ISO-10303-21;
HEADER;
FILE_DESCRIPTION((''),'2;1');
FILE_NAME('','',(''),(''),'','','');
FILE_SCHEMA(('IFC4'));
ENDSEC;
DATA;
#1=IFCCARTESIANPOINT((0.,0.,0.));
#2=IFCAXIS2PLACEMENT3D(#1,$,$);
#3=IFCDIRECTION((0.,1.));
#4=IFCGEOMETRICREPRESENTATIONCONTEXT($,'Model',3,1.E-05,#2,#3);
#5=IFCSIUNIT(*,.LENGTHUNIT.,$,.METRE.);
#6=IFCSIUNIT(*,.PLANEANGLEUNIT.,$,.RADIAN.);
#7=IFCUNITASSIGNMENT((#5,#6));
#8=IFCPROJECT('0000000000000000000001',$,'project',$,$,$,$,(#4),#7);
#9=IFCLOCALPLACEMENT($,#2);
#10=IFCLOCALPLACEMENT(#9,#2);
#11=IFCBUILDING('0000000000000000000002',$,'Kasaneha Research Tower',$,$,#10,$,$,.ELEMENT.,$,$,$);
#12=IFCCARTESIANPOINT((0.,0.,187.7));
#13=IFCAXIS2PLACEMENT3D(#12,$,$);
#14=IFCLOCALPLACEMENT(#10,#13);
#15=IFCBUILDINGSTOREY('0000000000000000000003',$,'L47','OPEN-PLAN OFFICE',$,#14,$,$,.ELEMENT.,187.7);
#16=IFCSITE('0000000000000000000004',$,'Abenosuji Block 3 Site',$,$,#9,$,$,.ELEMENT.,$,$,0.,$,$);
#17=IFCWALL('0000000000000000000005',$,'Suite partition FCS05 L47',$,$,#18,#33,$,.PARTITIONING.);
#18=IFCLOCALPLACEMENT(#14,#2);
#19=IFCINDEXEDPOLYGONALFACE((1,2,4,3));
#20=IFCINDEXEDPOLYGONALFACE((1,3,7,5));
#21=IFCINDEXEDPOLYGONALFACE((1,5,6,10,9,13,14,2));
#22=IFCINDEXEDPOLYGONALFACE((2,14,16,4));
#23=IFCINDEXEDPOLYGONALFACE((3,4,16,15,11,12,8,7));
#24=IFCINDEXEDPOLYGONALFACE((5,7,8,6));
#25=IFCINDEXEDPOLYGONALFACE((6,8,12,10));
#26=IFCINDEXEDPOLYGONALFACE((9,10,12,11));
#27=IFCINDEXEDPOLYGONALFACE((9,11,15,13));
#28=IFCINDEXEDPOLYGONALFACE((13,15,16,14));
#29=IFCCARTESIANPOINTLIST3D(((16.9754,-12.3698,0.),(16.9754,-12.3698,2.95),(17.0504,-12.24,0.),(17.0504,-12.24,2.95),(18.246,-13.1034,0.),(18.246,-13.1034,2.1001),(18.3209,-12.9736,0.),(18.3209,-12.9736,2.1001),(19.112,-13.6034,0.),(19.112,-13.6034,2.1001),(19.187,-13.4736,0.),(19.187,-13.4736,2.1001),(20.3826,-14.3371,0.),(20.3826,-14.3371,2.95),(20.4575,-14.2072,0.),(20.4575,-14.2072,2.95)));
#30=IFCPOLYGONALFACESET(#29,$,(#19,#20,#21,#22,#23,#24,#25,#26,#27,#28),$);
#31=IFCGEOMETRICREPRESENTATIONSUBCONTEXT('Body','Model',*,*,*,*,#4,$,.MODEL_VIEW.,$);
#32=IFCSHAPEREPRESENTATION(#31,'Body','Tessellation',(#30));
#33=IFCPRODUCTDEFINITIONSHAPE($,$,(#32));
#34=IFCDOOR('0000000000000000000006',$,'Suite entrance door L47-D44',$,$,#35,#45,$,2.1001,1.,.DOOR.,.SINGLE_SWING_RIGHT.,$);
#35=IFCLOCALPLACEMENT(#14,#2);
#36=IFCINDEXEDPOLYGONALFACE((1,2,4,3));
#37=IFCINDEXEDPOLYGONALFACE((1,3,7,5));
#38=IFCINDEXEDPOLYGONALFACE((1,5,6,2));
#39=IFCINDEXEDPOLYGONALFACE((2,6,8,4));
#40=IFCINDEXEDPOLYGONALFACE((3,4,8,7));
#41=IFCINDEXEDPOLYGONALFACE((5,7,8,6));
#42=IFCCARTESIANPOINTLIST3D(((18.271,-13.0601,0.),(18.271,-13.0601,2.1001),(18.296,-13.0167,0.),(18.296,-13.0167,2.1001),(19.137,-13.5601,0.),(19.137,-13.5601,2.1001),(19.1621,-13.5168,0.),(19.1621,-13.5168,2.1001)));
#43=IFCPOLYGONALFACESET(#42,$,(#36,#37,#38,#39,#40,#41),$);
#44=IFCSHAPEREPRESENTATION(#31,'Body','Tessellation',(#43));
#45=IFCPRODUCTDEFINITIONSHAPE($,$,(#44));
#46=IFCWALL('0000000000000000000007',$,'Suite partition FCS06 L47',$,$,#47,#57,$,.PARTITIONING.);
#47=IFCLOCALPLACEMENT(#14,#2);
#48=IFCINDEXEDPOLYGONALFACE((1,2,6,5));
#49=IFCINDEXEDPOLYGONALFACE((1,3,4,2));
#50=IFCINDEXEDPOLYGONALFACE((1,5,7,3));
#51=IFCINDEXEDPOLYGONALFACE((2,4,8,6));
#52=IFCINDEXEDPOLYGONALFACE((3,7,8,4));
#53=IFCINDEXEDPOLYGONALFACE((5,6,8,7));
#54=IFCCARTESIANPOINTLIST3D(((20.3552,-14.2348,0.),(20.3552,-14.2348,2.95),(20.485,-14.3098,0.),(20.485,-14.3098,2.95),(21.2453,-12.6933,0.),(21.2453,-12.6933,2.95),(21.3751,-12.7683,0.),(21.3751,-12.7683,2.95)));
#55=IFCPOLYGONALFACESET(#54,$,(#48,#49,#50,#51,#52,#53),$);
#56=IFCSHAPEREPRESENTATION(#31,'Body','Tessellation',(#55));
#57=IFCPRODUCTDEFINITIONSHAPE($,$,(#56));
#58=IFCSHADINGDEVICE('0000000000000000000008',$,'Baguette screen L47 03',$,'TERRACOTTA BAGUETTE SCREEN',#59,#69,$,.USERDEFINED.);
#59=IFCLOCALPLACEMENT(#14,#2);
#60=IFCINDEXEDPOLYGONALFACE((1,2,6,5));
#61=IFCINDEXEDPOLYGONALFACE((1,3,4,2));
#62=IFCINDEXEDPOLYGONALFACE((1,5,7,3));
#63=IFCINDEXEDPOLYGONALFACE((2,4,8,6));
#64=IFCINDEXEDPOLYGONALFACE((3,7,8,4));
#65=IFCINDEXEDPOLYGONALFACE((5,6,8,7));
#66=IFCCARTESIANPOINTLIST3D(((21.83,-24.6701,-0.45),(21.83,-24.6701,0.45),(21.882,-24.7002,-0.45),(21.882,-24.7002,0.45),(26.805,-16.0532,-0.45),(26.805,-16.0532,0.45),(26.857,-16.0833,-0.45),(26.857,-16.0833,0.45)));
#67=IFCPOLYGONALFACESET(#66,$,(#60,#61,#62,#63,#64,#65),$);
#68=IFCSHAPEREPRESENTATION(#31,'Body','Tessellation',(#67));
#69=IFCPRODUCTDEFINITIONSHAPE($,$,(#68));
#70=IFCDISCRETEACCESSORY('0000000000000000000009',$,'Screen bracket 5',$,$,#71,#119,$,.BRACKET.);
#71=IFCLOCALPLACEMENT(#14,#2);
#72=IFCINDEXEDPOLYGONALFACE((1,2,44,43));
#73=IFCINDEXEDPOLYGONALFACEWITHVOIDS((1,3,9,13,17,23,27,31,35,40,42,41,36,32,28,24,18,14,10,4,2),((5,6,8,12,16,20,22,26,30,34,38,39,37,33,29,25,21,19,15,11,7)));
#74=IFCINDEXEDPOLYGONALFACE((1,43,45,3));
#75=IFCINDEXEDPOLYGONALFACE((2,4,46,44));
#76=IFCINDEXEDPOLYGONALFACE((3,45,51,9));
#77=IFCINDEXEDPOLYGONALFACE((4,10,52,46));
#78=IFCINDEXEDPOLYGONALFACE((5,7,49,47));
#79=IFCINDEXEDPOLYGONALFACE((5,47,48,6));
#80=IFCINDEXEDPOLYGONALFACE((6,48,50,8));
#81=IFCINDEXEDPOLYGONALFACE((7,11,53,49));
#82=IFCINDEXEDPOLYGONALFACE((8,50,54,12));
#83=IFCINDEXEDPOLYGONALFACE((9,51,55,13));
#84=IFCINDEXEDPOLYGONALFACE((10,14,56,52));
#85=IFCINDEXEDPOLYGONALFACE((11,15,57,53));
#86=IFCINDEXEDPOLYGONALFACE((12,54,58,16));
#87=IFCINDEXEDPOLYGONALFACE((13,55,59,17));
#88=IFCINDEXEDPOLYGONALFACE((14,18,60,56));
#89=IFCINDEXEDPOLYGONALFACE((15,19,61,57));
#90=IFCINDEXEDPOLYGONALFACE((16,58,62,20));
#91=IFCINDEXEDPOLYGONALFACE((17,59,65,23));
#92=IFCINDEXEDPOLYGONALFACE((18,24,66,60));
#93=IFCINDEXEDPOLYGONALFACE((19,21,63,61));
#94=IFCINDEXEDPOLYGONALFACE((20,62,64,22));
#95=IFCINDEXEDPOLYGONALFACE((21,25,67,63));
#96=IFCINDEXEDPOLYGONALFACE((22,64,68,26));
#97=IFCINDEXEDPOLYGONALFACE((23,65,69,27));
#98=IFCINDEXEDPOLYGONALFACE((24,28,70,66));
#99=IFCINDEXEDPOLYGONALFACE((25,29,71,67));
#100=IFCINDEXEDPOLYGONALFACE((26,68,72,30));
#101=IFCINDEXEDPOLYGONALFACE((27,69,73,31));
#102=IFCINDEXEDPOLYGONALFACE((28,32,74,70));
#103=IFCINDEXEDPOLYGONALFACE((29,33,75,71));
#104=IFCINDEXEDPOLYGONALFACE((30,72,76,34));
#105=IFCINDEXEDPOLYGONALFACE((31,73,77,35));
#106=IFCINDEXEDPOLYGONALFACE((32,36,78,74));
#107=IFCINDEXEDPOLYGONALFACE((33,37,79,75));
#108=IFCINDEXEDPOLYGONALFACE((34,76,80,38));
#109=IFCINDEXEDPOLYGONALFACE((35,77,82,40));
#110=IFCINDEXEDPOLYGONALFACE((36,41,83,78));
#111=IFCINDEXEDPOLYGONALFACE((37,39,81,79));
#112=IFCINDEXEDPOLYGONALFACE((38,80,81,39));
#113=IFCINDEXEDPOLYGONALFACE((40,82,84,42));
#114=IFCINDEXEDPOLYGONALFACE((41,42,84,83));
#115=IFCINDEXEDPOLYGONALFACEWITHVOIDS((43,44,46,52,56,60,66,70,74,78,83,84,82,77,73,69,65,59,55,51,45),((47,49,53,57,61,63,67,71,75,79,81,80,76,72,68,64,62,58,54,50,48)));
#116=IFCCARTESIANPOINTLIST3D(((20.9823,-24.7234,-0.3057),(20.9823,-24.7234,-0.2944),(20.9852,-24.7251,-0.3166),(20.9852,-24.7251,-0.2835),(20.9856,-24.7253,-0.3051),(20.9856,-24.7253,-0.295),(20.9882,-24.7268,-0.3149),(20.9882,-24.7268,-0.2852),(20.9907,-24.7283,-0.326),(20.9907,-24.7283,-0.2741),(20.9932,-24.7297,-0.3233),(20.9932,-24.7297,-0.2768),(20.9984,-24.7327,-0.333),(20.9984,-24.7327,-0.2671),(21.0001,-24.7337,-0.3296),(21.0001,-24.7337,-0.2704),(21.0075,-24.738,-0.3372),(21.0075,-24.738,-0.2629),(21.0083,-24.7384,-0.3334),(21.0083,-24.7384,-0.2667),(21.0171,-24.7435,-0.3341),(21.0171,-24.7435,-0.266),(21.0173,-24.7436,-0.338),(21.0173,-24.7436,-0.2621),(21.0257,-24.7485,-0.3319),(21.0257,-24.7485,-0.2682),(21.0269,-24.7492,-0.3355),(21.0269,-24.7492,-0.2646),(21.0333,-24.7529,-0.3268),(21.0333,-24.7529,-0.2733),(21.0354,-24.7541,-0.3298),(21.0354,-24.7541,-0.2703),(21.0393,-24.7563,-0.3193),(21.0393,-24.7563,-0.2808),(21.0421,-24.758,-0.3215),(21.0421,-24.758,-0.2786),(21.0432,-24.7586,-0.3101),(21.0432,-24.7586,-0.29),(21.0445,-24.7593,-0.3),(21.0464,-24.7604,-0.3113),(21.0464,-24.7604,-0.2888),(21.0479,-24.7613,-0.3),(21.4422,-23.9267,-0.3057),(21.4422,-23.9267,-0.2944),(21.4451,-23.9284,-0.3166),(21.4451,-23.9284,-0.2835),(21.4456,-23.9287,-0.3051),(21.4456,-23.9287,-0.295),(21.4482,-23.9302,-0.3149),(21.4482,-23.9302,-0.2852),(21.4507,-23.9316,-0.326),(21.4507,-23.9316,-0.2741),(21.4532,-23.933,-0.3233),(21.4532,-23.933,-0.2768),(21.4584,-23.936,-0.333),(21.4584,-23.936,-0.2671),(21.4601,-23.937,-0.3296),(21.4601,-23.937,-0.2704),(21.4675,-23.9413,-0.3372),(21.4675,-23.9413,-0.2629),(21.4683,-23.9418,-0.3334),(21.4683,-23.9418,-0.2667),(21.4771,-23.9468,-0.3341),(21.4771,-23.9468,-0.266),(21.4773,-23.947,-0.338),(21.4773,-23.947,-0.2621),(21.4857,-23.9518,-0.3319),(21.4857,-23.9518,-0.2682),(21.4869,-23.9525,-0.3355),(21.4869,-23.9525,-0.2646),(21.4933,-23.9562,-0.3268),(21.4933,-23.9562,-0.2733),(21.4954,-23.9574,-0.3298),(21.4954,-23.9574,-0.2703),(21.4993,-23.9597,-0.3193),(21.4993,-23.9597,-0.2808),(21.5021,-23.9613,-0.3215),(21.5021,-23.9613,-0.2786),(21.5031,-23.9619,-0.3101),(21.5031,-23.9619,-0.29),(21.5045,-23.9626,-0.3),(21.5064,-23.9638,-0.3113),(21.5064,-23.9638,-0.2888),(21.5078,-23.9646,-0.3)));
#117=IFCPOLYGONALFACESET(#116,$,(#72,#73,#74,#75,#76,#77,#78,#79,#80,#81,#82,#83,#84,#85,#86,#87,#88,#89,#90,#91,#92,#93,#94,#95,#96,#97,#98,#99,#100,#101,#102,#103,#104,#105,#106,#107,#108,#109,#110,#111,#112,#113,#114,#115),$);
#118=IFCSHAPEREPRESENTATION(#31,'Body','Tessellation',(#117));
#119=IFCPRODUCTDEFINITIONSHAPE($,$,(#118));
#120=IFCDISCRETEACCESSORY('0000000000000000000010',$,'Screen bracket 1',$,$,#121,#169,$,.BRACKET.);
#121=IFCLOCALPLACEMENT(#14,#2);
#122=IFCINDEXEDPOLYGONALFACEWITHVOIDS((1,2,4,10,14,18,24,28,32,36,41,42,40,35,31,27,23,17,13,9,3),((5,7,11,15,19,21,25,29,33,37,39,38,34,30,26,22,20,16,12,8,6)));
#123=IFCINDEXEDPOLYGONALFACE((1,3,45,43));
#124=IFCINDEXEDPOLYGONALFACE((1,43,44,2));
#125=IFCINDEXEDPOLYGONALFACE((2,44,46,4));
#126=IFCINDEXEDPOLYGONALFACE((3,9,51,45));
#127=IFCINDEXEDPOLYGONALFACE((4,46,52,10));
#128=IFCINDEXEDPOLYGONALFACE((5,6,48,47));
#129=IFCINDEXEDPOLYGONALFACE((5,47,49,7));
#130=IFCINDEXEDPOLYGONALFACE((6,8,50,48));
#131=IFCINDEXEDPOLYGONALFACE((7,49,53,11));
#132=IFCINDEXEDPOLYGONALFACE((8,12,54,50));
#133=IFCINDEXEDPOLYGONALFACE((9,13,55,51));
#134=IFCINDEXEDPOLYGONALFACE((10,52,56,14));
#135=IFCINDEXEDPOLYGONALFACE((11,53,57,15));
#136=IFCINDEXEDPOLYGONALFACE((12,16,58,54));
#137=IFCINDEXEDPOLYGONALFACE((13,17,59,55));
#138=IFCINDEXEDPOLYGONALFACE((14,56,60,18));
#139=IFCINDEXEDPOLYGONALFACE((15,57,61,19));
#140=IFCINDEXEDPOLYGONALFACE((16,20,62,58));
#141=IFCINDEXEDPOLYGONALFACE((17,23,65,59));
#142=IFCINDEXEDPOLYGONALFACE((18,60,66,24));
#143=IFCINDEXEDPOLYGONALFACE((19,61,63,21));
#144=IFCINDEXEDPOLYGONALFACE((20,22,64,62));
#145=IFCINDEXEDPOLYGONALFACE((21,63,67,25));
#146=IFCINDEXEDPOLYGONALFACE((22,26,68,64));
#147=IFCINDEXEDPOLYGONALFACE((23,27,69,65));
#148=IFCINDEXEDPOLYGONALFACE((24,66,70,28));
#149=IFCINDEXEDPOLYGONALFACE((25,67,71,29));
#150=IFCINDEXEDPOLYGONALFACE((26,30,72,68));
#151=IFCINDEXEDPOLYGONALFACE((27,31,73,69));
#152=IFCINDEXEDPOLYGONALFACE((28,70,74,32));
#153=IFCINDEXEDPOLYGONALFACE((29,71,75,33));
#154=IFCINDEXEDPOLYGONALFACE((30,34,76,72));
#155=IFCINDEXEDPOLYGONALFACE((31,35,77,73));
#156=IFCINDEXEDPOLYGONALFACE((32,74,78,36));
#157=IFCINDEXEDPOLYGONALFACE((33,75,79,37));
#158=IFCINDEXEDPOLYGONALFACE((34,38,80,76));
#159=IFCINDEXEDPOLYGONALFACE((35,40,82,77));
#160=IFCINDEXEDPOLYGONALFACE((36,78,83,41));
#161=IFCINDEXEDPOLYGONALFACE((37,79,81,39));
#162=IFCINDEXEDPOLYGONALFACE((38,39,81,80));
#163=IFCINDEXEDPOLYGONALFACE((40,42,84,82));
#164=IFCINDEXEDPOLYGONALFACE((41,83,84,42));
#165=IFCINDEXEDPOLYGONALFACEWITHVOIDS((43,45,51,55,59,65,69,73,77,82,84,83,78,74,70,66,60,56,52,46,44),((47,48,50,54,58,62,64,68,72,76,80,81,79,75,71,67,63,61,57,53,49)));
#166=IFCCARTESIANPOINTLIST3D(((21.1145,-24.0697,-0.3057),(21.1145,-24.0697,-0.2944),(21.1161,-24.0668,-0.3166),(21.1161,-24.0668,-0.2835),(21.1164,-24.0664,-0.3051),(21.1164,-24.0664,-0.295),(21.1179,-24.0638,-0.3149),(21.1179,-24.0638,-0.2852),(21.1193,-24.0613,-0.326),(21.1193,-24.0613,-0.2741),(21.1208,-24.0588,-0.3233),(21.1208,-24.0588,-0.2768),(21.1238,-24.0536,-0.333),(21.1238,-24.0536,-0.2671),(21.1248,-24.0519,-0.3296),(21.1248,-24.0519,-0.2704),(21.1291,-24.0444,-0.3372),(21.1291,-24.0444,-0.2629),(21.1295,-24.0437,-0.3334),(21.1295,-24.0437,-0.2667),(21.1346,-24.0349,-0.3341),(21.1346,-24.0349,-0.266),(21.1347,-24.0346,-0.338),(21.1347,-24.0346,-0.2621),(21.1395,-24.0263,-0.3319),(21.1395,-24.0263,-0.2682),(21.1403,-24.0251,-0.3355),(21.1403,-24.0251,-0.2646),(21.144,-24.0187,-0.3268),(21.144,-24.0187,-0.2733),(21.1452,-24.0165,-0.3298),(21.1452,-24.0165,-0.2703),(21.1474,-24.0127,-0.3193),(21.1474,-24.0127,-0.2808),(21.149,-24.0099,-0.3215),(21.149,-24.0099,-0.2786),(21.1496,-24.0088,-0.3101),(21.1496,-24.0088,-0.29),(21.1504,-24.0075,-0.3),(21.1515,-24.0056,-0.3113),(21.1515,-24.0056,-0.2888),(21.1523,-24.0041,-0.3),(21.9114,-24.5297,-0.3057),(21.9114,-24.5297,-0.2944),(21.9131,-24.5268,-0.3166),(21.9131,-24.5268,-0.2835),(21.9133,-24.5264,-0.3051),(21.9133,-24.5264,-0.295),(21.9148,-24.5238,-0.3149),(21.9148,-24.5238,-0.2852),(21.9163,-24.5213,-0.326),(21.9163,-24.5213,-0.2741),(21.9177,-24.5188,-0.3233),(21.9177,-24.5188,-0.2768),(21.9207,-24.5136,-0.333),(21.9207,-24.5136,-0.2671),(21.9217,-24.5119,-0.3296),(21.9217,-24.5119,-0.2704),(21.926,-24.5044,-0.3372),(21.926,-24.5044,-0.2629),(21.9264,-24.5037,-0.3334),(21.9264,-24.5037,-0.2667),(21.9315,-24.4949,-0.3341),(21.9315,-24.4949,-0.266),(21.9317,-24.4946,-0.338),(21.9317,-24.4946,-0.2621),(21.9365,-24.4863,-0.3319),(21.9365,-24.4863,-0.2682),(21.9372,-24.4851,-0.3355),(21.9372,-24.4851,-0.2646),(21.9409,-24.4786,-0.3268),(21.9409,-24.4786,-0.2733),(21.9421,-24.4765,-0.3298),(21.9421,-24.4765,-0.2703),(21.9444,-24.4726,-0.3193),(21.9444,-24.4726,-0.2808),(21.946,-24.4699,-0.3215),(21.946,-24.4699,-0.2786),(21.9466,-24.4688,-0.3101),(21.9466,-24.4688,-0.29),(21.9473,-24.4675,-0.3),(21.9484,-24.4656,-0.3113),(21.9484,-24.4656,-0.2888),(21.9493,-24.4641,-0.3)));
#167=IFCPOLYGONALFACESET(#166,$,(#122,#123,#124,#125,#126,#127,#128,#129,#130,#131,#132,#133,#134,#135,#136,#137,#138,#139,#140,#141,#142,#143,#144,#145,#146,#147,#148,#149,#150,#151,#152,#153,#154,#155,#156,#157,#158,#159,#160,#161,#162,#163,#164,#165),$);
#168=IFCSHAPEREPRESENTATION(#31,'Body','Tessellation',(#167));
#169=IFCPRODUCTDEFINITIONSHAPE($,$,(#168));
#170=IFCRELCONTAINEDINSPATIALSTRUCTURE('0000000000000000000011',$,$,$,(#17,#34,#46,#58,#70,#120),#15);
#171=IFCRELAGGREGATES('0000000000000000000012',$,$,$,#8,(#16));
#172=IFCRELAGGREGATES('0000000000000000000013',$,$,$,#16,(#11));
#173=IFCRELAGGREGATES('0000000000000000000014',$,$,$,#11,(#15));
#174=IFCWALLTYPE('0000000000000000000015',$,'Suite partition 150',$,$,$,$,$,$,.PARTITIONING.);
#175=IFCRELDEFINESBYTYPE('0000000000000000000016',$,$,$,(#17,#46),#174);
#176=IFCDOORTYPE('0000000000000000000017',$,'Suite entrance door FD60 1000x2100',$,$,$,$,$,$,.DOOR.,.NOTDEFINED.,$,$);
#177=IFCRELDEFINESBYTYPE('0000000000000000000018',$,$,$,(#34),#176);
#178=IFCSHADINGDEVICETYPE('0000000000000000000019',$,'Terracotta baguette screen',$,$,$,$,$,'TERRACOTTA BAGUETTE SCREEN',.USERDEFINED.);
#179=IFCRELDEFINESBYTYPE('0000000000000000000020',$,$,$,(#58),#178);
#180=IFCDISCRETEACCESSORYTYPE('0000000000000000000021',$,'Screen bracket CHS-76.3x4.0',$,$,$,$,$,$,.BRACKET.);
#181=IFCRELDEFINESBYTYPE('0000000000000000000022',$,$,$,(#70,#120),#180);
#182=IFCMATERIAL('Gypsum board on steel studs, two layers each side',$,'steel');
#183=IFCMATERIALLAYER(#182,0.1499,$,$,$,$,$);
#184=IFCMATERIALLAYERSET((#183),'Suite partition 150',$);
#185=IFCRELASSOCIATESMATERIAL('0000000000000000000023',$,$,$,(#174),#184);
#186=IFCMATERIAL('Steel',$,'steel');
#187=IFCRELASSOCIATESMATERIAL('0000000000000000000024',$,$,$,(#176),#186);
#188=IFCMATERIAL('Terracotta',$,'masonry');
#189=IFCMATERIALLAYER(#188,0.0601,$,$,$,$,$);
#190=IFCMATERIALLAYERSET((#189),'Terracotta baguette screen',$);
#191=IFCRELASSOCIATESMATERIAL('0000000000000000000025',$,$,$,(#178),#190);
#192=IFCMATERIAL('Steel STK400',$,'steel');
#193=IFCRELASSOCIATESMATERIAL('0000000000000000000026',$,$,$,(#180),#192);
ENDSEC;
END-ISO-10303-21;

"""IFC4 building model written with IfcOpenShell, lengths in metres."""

from ifc_helpers import new_model, si_unit, direction, frame, frame_2d, origin, origin_2d, place, context, subcontext, project, spatial, rectangle, hollow_circle, extrude, material, layer, layer_set, material_profile, profile_set, type_object, element, fill, save


model = new_model("IFC4")

# Units and contexts
model_context = context("Model", 3, precision=1e-05, world=origin(), true_north=direction((0.0, 1.0)))
body_context = subcontext(model_context, "Body", "Model", "MODEL_VIEW")
ifc_project = project(units=[si_unit("LENGTHUNIT", "METRE"), si_unit("PLANEANGLEUNIT", "RADIAN")], contexts=[model_context])

# Site, building, storey
site_placement = place(None, origin())
site = spatial("IfcSite", under=ifc_project, at=site_placement, Name="Abenosuji Block 3 Site", CompositionType="ELEMENT", RefElevation=0.0)
building_placement = place(site_placement, origin())
building = spatial("IfcBuilding", under=site, at=building_placement, Name="Kasaneha Research Tower", CompositionType="ELEMENT")
storey_placement = place(building_placement, frame((0.0, 0.0, 187.7)))
storey = spatial("IfcBuildingStorey", under=building, at=storey_placement, Name="L47", Description="OPEN-PLAN OFFICE", CompositionType="ELEMENT", Elevation=187.7)

# Wall, opening, door
ifc_material_1 = material(Name="Gypsum board on steel studs, two layers each side", Category="steel")
ifc_layer_1 = layer(ifc_material_1, 0.1499)
ifc_layer_set_1 = layer_set([ifc_layer_1], Name="Suite partition 150")
wall_type_1 = type_object("IfcWallType", Name="Suite partition 150", PredefinedType="PARTITIONING", material=ifc_layer_set_1)
wall_1_placement = place(storey_placement, frame((20.4202, -14.2722, 0.0), z_axis=(0.0, 0.0, 1.0), x_axis=(-0.866012, 0.500023, 0.0)))
wall_1 = element("IfcWall", 1, at=wall_1_placement, inside=storey, type_object=wall_type_1, Name="Suite partition FCS05 L47", PredefinedType="PARTITIONING", context=body_context, shape_type="SweptSolid", body=[
    extrude(rectangle(XDim=3.9343, YDim=0.1499, at=frame_2d((1.9673, 0.0))), origin(), (0.0, 0.0, 1.0), 2.95),
])
opening_1_placement = place(wall_1_placement, frame((1.4673, 0.0, 0.0)))
opening_1 = element("IfcOpeningElement", 2, at=opening_1_placement, cuts=wall_1, PredefinedType="OPENING", context=body_context, shape_type="SweptSolid", body=[
    extrude(rectangle(XDim=1.0, YDim=2.1001, at=frame_2d((0.5, 1.05))), frame((0.0, 0.085, 0.0), z_axis=(0.0, -1.0, 0.0), x_axis=(1.0, 0.0, 0.0)), (0.0, 0.0, 1.0), 0.1699),
])
ifc_material_2 = material(Name="Steel", Category="steel")
door_type_1 = type_object("IfcDoorType", Name="Suite entrance door FD60 1000x2100", OperationType="NOTDEFINED", PredefinedType="DOOR", material=ifc_material_2)
door_1_placement = place(opening_1_placement, origin())
door_1 = element("IfcDoor", 3, at=door_1_placement, inside=storey, type_object=door_type_1, Name="Suite entrance door L47-D44", OperationType="SINGLE_SWING_RIGHT", OverallHeight=2.1001, OverallWidth=1.0, PredefinedType="DOOR", context=body_context, shape_type="SweptSolid", body=[
    extrude(rectangle(XDim=1.0, YDim=2.1001, at=frame_2d((0.5, 1.05))), frame((0.0, 0.0249, 0.0), z_axis=(0.0, -1.0, 0.0), x_axis=(1.0, 0.0, 0.0)), (0.0, 0.0, 1.0), 0.05),
])
fill(opening_1, door_1)

# Wall
wall_2_placement = place(storey_placement, frame((21.3103, -12.7307, 0.0), z_axis=(0.0, 0.0, 1.0), x_axis=(-0.500063, -0.865989, 0.0)))
element("IfcWall", 4, at=wall_2_placement, inside=storey, type_object=wall_type_1, Name="Suite partition FCS06 L47", PredefinedType="PARTITIONING", context=body_context, shape_type="SweptSolid", body=[
    extrude(rectangle(XDim=1.78, YDim=0.1499, at=frame_2d((0.8901, 0.0))), origin(), (0.0, 0.0, 1.0), 2.95),
])

# Shading device
ifc_material_3 = material(Name="Terracotta", Category="masonry")
ifc_layer_2 = layer(ifc_material_3, 0.0601)
ifc_layer_set_2 = layer_set([ifc_layer_2], Name="Terracotta baguette screen")
shading_device_type = type_object("IfcShadingDeviceType", Name="Terracotta baguette screen", ElementType="TERRACOTTA BAGUETTE SCREEN", PredefinedType="USERDEFINED", material=ifc_layer_set_2)
shading_device_placement = place(storey_placement, frame((24.3435, -20.3767, -0.45), z_axis=(0.0, 0.0, 1.0), x_axis=(0.5, 0.866025, 0.0)))
element("IfcShadingDevice", 5, at=shading_device_placement, inside=storey, type_object=shading_device_type, Name="Baguette screen L47 03", ObjectType="TERRACOTTA BAGUETTE SCREEN", PredefinedType="USERDEFINED", context=body_context, shape_type="SweptSolid", body=[
    extrude(rectangle(XDim=9.95, YDim=0.0601, at=origin_2d()), origin(), (0.0, 0.0, 1.0), 0.8999),
])

# Discrete accessories
ifc_material_4 = material(Name="Steel STK400", Category="steel")
ifc_material_profile_1 = material_profile(ifc_material_4, hollow_circle(Radius=0.0381, WallThickness=0.0039, at=origin_2d()), Name="CHS-76.3x4.0")
ifc_profile_set_1 = profile_set([ifc_material_profile_1], Name="Steel STK400")
discrete_accessory_type = type_object("IfcDiscreteAccessoryType", Name="Screen bracket CHS-76.3x4.0", PredefinedType="BRACKET", material=ifc_profile_set_1)
discrete_accessory_1_placement = place(storey_placement, frame((21.4749, -23.9456, -0.3), z_axis=(-0.500021, -0.866013, 0.0), x_axis=(0.866013, -0.500021, 0.0)))
element("IfcDiscreteAccessory", 6, at=discrete_accessory_1_placement, inside=storey, type_object=discrete_accessory_type, Name="Screen bracket 5", PredefinedType="BRACKET", context=body_context, shape_type="SweptSolid", body=[
    extrude(hollow_circle(Radius=0.0381, WallThickness=0.0039, at=origin_2d()), origin(), (0.0, 0.0, 1.0), 0.9199),
])
discrete_accessory_2_placement = place(storey_placement, frame((21.1333, -24.0371, -0.3), z_axis=(0.86608, -0.499906, 0.0), x_axis=(0.499906, 0.86608, 0.0)))
element("IfcDiscreteAccessory", 7, at=discrete_accessory_2_placement, inside=storey, type_object=discrete_accessory_type, Name="Screen bracket 1", PredefinedType="BRACKET", context=body_context, shape_type="SweptSolid", body=[
    extrude(hollow_circle(Radius=0.0381, WallThickness=0.0039, at=origin_2d()), origin(), (0.0, 0.0, 1.0), 0.9202),
])

save(model, "model.ifc")
